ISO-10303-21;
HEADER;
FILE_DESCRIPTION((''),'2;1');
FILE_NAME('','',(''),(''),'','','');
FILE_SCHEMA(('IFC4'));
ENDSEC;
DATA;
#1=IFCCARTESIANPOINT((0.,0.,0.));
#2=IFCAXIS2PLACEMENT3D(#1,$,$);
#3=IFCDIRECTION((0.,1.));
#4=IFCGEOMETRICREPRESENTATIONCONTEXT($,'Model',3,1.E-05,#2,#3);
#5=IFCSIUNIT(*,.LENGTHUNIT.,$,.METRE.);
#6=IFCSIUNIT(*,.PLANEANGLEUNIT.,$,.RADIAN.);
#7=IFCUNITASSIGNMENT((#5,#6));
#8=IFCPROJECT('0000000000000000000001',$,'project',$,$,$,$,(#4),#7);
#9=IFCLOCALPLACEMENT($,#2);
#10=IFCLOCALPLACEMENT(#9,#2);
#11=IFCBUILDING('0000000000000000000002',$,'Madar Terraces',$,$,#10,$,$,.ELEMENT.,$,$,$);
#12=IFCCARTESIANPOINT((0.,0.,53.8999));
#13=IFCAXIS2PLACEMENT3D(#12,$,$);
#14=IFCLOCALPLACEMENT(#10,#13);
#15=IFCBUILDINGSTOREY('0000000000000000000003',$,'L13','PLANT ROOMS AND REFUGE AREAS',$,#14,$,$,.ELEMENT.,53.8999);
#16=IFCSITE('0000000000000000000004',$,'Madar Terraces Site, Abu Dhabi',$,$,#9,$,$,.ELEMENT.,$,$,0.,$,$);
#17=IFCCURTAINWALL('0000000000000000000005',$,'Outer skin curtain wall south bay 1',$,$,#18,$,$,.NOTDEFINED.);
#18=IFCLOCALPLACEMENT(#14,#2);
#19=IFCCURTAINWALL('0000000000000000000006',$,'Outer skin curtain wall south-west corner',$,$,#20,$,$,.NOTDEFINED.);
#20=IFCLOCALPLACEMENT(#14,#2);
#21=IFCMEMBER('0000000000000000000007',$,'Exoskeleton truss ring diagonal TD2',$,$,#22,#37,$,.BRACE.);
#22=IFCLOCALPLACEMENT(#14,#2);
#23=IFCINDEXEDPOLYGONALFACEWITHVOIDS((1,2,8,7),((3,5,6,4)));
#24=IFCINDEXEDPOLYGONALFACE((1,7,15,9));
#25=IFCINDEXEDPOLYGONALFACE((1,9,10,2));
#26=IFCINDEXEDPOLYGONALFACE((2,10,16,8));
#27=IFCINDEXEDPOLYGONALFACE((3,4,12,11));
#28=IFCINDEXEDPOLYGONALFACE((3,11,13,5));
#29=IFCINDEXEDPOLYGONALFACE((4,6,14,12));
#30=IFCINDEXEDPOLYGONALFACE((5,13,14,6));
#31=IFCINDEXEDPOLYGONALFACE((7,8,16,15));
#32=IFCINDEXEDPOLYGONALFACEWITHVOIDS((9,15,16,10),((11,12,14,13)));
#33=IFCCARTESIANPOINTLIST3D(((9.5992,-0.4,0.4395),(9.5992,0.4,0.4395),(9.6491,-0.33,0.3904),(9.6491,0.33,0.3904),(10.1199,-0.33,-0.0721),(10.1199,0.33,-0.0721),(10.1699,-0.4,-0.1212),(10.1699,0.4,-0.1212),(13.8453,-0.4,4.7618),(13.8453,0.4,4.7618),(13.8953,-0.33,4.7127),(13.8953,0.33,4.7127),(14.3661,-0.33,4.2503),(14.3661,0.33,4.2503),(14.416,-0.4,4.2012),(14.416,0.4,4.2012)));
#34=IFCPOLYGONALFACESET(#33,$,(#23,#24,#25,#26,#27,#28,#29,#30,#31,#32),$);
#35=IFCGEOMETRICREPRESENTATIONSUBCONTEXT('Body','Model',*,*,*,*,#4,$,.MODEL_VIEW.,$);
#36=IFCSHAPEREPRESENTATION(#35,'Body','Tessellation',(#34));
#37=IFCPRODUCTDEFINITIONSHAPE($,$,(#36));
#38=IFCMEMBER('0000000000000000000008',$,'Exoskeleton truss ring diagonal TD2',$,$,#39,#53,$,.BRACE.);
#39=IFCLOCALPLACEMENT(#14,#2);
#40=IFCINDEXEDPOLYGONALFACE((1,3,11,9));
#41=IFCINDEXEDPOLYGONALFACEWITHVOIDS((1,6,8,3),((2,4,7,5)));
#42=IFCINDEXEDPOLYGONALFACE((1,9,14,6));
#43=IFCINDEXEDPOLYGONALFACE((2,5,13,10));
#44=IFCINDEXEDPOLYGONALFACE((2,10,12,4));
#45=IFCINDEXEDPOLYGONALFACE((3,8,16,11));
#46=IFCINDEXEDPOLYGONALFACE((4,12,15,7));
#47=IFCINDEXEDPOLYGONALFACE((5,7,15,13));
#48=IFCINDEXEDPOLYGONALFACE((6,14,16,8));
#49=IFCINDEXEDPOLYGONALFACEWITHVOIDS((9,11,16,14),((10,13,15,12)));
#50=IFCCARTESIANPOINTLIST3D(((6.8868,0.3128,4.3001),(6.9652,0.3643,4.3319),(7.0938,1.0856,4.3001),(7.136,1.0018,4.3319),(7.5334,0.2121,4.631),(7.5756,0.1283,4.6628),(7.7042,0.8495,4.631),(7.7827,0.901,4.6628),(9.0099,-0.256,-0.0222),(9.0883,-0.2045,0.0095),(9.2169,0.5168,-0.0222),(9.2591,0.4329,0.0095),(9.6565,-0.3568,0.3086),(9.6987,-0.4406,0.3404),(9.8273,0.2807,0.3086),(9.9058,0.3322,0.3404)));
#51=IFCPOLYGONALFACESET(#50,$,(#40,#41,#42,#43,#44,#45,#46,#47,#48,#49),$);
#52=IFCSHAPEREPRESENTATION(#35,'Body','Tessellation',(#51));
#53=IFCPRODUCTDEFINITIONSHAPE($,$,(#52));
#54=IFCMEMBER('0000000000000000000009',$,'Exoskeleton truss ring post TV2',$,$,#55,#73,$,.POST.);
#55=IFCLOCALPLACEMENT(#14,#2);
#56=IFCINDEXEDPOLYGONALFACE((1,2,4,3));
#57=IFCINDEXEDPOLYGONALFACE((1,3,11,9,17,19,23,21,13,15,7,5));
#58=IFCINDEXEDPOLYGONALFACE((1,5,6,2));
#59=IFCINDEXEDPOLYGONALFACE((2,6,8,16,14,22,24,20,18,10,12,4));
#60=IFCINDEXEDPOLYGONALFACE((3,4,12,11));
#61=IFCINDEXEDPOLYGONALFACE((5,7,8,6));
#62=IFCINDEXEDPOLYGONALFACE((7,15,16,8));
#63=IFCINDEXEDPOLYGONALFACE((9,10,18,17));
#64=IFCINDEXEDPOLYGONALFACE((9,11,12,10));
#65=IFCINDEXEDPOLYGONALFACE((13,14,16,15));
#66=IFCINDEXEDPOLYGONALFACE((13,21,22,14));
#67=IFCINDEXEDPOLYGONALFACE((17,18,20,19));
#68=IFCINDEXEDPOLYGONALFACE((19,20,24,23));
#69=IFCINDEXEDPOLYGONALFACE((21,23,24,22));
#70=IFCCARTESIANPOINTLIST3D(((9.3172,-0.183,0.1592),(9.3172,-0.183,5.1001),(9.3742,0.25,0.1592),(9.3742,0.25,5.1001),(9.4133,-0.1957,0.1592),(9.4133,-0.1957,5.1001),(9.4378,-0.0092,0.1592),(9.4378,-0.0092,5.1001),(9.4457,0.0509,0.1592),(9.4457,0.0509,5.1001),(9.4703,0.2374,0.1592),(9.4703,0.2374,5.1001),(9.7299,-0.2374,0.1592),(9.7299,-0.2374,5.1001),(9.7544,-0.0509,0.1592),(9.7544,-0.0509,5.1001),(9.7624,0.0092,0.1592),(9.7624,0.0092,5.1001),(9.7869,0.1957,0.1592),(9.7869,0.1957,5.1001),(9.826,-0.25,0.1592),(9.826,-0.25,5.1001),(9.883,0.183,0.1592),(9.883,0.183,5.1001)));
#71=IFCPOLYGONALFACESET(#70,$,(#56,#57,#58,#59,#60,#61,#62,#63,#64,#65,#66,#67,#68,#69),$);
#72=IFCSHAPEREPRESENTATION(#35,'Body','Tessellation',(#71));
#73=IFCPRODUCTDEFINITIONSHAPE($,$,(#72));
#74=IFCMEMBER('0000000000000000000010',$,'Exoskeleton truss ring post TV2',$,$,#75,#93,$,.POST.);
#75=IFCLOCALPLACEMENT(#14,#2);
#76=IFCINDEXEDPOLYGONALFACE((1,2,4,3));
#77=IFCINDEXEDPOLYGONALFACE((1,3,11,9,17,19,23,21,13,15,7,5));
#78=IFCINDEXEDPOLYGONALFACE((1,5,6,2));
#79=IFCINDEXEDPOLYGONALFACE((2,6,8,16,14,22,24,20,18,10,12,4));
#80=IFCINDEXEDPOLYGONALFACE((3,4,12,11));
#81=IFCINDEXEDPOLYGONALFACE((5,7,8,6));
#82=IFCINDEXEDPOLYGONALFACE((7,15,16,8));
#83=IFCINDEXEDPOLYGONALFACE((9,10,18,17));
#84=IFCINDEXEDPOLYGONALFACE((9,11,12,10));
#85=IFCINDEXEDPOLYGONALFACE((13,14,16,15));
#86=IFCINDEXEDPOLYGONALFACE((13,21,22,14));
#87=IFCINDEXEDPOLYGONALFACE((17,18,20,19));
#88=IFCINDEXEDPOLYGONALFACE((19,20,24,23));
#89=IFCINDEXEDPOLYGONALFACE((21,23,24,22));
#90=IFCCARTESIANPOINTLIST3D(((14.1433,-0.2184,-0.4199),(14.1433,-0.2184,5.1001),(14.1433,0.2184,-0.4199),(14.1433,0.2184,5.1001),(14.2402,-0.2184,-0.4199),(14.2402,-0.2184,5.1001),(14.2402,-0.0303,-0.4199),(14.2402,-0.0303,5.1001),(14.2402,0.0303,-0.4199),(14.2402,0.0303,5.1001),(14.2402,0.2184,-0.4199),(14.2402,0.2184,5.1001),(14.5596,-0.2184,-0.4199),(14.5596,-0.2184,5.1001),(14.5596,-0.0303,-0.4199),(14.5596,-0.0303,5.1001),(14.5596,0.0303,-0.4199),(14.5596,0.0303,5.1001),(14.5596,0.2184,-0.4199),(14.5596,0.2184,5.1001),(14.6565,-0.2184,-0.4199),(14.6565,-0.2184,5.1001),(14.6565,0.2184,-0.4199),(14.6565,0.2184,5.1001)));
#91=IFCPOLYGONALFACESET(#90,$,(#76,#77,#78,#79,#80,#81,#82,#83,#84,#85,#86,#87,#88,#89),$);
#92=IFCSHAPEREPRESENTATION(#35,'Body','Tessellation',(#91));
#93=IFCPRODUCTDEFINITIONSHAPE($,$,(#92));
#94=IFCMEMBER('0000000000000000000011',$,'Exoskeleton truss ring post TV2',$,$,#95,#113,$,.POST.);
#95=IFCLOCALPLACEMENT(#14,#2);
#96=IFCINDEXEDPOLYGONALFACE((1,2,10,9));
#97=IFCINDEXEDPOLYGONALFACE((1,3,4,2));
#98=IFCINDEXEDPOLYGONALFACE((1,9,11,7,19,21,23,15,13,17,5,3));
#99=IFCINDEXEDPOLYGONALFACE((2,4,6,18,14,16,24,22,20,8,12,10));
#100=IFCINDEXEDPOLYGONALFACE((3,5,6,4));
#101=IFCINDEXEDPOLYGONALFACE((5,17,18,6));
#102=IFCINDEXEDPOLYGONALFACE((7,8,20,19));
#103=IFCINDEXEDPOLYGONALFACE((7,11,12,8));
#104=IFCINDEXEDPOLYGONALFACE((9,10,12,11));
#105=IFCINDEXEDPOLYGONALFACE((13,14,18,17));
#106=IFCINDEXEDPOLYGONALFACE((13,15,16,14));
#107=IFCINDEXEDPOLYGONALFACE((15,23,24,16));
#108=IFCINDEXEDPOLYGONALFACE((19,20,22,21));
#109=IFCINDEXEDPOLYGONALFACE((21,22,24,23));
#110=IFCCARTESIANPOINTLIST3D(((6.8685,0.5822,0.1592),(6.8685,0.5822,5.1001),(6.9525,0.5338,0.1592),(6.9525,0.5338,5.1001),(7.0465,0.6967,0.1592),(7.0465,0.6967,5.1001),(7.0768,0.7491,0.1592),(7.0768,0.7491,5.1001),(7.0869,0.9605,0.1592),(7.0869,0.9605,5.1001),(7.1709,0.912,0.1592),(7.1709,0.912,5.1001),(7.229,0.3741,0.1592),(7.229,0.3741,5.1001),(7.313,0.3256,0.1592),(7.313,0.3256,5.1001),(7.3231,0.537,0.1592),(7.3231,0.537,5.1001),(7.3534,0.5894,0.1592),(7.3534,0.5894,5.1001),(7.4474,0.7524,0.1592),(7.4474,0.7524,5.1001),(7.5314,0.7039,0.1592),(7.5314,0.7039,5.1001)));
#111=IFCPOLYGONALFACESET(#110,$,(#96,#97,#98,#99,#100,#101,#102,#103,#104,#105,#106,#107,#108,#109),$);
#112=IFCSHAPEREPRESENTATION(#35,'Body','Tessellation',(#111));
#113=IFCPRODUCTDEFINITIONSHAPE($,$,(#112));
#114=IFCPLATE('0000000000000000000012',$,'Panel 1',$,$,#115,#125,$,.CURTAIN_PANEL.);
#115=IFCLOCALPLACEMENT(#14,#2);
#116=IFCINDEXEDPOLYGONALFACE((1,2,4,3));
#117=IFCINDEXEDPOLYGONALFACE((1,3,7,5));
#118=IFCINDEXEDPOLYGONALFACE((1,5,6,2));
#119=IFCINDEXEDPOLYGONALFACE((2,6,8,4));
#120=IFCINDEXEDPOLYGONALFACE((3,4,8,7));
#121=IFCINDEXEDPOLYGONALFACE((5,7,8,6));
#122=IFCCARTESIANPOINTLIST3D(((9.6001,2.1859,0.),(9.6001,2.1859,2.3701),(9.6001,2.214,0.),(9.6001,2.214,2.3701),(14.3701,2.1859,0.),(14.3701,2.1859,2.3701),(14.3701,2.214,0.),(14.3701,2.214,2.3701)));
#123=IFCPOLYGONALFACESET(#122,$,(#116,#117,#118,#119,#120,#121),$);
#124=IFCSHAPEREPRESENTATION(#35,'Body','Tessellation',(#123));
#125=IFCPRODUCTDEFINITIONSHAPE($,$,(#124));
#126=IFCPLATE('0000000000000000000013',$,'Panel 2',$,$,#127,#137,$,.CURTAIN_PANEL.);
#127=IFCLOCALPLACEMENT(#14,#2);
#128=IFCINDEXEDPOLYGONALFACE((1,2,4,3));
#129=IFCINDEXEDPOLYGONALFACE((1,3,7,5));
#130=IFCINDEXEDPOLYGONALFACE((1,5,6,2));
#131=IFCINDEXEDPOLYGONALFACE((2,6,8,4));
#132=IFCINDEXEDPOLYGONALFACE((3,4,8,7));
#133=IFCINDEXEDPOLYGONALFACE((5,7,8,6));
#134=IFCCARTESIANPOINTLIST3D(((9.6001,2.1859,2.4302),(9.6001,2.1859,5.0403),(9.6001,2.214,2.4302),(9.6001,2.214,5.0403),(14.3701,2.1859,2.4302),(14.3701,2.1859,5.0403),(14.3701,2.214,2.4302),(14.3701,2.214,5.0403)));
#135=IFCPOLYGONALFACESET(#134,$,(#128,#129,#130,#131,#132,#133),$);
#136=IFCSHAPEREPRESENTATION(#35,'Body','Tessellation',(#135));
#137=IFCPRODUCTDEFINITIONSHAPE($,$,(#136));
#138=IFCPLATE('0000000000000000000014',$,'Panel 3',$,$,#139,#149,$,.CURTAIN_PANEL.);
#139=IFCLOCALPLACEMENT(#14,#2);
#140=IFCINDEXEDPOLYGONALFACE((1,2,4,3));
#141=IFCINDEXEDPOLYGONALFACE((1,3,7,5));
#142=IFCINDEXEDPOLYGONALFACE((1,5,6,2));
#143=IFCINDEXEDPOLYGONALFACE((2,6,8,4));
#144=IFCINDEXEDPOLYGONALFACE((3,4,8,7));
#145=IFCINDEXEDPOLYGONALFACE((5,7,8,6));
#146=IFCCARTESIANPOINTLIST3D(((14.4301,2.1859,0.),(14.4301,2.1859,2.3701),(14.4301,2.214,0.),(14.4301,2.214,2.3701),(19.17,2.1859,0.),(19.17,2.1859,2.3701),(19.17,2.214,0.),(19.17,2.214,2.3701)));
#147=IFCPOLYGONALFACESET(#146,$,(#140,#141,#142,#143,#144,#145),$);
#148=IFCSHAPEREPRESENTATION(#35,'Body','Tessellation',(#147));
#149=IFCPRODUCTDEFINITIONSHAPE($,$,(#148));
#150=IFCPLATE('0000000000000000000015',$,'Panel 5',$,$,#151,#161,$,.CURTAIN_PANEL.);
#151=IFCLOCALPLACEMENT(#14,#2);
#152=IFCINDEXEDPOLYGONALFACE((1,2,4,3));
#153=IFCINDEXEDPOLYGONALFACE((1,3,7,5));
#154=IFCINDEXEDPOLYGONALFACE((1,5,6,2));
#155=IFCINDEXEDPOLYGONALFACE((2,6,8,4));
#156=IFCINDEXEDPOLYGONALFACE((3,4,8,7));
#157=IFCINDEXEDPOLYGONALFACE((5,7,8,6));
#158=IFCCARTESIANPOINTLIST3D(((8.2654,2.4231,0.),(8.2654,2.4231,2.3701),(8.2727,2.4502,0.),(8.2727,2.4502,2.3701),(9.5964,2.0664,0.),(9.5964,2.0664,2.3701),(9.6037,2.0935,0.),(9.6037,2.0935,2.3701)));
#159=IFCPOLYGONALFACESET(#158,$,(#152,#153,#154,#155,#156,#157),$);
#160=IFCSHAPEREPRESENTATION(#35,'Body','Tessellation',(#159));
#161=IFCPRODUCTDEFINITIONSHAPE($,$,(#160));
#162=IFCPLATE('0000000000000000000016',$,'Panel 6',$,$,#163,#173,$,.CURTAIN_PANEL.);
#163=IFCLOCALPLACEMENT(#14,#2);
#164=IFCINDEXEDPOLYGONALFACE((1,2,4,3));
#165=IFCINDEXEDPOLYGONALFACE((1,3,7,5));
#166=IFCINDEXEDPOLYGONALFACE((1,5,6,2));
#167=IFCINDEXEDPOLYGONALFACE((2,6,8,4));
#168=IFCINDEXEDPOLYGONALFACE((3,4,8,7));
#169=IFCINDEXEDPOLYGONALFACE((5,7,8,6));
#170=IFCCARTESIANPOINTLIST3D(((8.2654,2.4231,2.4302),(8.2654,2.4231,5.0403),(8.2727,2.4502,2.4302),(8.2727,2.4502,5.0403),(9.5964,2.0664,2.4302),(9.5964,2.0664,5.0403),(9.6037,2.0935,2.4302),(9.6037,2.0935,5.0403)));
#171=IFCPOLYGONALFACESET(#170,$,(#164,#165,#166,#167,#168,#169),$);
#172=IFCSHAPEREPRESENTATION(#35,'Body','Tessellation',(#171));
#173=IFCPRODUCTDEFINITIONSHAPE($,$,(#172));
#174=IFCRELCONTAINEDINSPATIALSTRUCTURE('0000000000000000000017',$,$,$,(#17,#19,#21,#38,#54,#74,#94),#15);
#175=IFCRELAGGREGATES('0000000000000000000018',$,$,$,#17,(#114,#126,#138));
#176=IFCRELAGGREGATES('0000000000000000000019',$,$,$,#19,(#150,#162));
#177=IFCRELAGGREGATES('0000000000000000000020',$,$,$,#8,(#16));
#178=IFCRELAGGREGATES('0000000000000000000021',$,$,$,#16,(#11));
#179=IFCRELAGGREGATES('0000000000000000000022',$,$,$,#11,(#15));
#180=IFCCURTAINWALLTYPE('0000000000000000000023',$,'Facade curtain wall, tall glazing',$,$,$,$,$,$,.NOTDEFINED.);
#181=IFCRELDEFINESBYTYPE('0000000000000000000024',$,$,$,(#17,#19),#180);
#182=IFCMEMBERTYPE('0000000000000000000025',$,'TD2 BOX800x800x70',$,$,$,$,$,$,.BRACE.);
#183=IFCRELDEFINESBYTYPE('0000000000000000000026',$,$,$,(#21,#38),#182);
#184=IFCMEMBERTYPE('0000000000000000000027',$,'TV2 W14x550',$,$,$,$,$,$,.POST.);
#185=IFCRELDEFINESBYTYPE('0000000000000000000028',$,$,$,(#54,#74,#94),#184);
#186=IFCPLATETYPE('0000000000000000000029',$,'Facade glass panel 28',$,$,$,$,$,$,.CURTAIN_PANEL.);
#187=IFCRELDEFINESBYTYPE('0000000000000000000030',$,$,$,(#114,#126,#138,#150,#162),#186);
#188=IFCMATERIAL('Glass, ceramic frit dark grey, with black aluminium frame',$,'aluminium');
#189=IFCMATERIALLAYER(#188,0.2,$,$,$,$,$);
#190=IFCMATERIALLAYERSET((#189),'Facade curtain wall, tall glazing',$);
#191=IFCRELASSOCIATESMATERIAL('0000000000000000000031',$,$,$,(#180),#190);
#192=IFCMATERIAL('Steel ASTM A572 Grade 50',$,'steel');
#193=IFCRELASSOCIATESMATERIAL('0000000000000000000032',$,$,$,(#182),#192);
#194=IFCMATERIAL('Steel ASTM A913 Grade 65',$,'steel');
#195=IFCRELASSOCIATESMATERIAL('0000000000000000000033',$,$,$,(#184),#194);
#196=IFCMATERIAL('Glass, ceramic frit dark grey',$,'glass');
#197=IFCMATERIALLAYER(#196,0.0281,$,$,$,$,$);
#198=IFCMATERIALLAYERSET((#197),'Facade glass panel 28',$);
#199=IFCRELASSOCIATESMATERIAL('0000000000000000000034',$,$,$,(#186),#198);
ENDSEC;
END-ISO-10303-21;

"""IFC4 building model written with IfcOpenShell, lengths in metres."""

from ifc_helpers import new_model, si_unit, direction, frame, origin, origin_2d, place, context, subcontext, project, spatial, rectangle, hollow_rectangle, i_section, extrude, material, layer, layer_set, material_profile, profile_set, type_object, element, aggregate, save


model = new_model("IFC4")

# Units and contexts
model_context = context("Model", 3, precision=1e-05, world=origin(), true_north=direction((0.0, 1.0)))
body_context = subcontext(model_context, "Body", "Model", "MODEL_VIEW")
ifc_project = project(units=[si_unit("LENGTHUNIT", "METRE"), si_unit("PLANEANGLEUNIT", "RADIAN")], contexts=[model_context])

# Site, building, storey
site_placement = place(None, origin())
site = spatial("IfcSite", under=ifc_project, at=site_placement, Name="Madar Terraces Site, Abu Dhabi", CompositionType="ELEMENT", RefElevation=0.0)
building_placement = place(site_placement, origin())
building = spatial("IfcBuilding", under=site, at=building_placement, Name="Madar Terraces", CompositionType="ELEMENT")
storey_placement = place(building_placement, frame((0.0, 0.0, 53.8999)))
storey = spatial("IfcBuildingStorey", under=building, at=storey_placement, Name="L13", Description="PLANT ROOMS AND REFUGE AREAS", CompositionType="ELEMENT", Elevation=53.8999)

# Curtain wall
ifc_material_1 = material(Name="Glass, ceramic frit dark grey, with black aluminium frame", Category="aluminium")
ifc_layer_1 = layer(ifc_material_1, 0.2)
ifc_layer_set_1 = layer_set([ifc_layer_1], Name="Facade curtain wall, tall glazing")
curtain_wall_type = type_object("IfcCurtainWallType", Name="Facade curtain wall, tall glazing", PredefinedType="NOTDEFINED", material=ifc_layer_set_1)
curtain_wall_1_placement = place(storey_placement, origin())
curtain_wall_1 = element("IfcCurtainWall", 1, at=curtain_wall_1_placement, inside=storey, type_object=curtain_wall_type, Name="Outer skin curtain wall south bay 1", PredefinedType="NOTDEFINED")

# Curtain wall
curtain_wall_2_placement = place(storey_placement, origin())
curtain_wall_2 = element("IfcCurtainWall", 2, at=curtain_wall_2_placement, inside=storey, type_object=curtain_wall_type, Name="Outer skin curtain wall south-west corner", PredefinedType="NOTDEFINED")

# Members
ifc_material_2 = material(Name="Steel ASTM A572 Grade 50", Category="steel")
ifc_material_profile_1 = material_profile(ifc_material_2, hollow_rectangle(XDim=0.8, YDim=0.8, WallThickness=0.0701, at=origin_2d()), Name="BOX800x800x70")
ifc_profile_set_1 = profile_set([ifc_material_profile_1], Name="Steel ASTM A572 Grade 50")
member_type_1 = type_object("IfcMemberType", Name="TD2 BOX800x800x70", PredefinedType="BRACE", material=ifc_profile_set_1)
member_1_placement = place(storey_placement, frame((9.8845, 0.0, 0.1592), z_axis=(0.700793, 0.0, 0.713365), x_axis=(0.0, 1.0, 0.0)))
element("IfcMember", 3, at=member_1_placement, inside=storey, type_object=member_type_1, Name="Exoskeleton truss ring diagonal TD2", PredefinedType="BRACE", context=body_context, shape_type="SweptSolid", body=[
    extrude(hollow_rectangle(XDim=0.8, YDim=0.8, WallThickness=0.0701, at=origin_2d()), origin(), (0.0, 0.0, 1.0), 6.0591),
])
member_2_placement = place(storey_placement, frame((7.3347, 0.6069, 4.4814), z_axis=(0.437831, -0.117312, -0.891371), x_axis=(0.25881, 0.965928, 0.0)))
element("IfcMember", 4, at=member_2_placement, inside=storey, type_object=member_type_1, Name="Exoskeleton truss ring diagonal TD2", PredefinedType="BRACE", context=body_context, shape_type="SweptSolid", body=[
    extrude(hollow_rectangle(XDim=0.8, YDim=0.8, WallThickness=0.0701, at=origin_2d()), origin(), (0.0, 0.0, 1.0), 4.8491),
])
ifc_material_3 = material(Name="Steel ASTM A913 Grade 65", Category="steel")
ifc_material_profile_2 = material_profile(ifc_material_3, i_section(OverallWidth=0.4368, OverallDepth=0.5132, WebThickness=0.0605, FlangeThickness=0.0969, at=origin_2d()), Name="W14x550")
ifc_profile_set_2 = profile_set([ifc_material_profile_2], Name="Steel ASTM A913 Grade 65")
member_type_2 = type_object("IfcMemberType", Name="TV2 W14x550", PredefinedType="POST", material=ifc_profile_set_2)
member_3_placement = place(storey_placement, frame((9.6001, 0.0, 0.1592), z_axis=(0.0, 0.0, 1.0), x_axis=(0.130526, 0.991445, 0.0)))
element("IfcMember", 5, at=member_3_placement, inside=storey, type_object=member_type_2, Name="Exoskeleton truss ring post TV2", PredefinedType="POST", context=body_context, shape_type="SweptSolid", body=[
    extrude(i_section(OverallWidth=0.4368, OverallDepth=0.5132, WebThickness=0.0605, FlangeThickness=0.0969, at=origin_2d()), origin(), (0.0, 0.0, 1.0), 4.9409),
])
member_4_placement = place(storey_placement, frame((14.3999, 0.0, -0.4199), z_axis=(0.0, 0.0, 1.0), x_axis=(0.0, 1.0, 0.0)))
element("IfcMember", 6, at=member_4_placement, inside=storey, type_object=member_type_2, Name="Exoskeleton truss ring post TV2", PredefinedType="POST", context=body_context, shape_type="SweptSolid", body=[
    extrude(i_section(OverallWidth=0.4368, OverallDepth=0.5132, WebThickness=0.0605, FlangeThickness=0.0969, at=origin_2d()), origin(), (0.0, 0.0, 1.0), 5.52),
])
member_5_placement = place(storey_placement, frame((7.2, 0.6431, 0.1592), z_axis=(0.0, 0.0, 1.0), x_axis=(0.5, 0.866025, 0.0)))
element("IfcMember", 7, at=member_5_placement, inside=storey, type_object=member_type_2, Name="Exoskeleton truss ring post TV2", PredefinedType="POST", context=body_context, shape_type="SweptSolid", body=[
    extrude(i_section(OverallWidth=0.4368, OverallDepth=0.5132, WebThickness=0.0605, FlangeThickness=0.0969, at=origin_2d()), origin(), (0.0, 0.0, 1.0), 4.9409),
])

# Plates
ifc_material_4 = material(Name="Glass, ceramic frit dark grey", Category="glass")
ifc_layer_2 = layer(ifc_material_4, 0.0281)
ifc_layer_set_2 = layer_set([ifc_layer_2], Name="Facade glass panel 28")
plate_type = type_object("IfcPlateType", Name="Facade glass panel 28", PredefinedType="CURTAIN_PANEL", material=ifc_layer_set_2)
plate_1_placement = place(storey_placement, frame((11.9851, 2.2, 0.0), z_axis=(0.0, 0.0, 1.0), x_axis=(1.0, 0.0, 0.0)))
plate_1 = element("IfcPlate", 8, at=plate_1_placement, type_object=plate_type, Name="Panel 1", PredefinedType="CURTAIN_PANEL", context=body_context, shape_type="SweptSolid", body=[
    extrude(rectangle(XDim=4.77, YDim=0.0281, at=origin_2d()), origin(), (0.0, 0.0, 1.0), 2.3701),
])
plate_2_placement = place(storey_placement, frame((11.9851, 2.2, 2.4302), z_axis=(0.0, 0.0, 1.0), x_axis=(1.0, 0.0, 0.0)))
plate_2 = element("IfcPlate", 9, at=plate_2_placement, type_object=plate_type, Name="Panel 2", PredefinedType="CURTAIN_PANEL", context=body_context, shape_type="SweptSolid", body=[
    extrude(rectangle(XDim=4.77, YDim=0.0281, at=origin_2d()), origin(), (0.0, 0.0, 1.0), 2.6101),
])
plate_3_placement = place(storey_placement, frame((16.8, 2.2, 0.0), z_axis=(0.0, 0.0, 1.0), x_axis=(1.0, 0.0, 0.0)))
plate_3 = element("IfcPlate", 10, at=plate_3_placement, type_object=plate_type, Name="Panel 3", PredefinedType="CURTAIN_PANEL", context=body_context, shape_type="SweptSolid", body=[
    extrude(rectangle(XDim=4.74, YDim=0.0281, at=origin_2d()), origin(), (0.0, 0.0, 1.0), 2.3701),
])
aggregate(curtain_wall_1, [plate_1, plate_2, plate_3])
plate_4_placement = place(storey_placement, frame((8.9346, 2.2583, 0.0), z_axis=(0.0, 0.0, 1.0), x_axis=(0.965926, -0.258819, 0.0)))
plate_4 = element("IfcPlate", 11, at=plate_4_placement, type_object=plate_type, Name="Panel 5", PredefinedType="CURTAIN_PANEL", context=body_context, shape_type="SweptSolid", body=[
    extrude(rectangle(XDim=1.3779, YDim=0.0281, at=origin_2d()), origin(), (0.0, 0.0, 1.0), 2.3701),
])
plate_5_placement = place(storey_placement, frame((8.9346, 2.2583, 2.4302), z_axis=(0.0, 0.0, 1.0), x_axis=(0.965926, -0.258819, 0.0)))
plate_5 = element("IfcPlate", 12, at=plate_5_placement, type_object=plate_type, Name="Panel 6", PredefinedType="CURTAIN_PANEL", context=body_context, shape_type="SweptSolid", body=[
    extrude(rectangle(XDim=1.3779, YDim=0.0281, at=origin_2d()), origin(), (0.0, 0.0, 1.0), 2.6101),
])
aggregate(curtain_wall_2, [plate_4, plate_5])

save(model, "model.ifc")
